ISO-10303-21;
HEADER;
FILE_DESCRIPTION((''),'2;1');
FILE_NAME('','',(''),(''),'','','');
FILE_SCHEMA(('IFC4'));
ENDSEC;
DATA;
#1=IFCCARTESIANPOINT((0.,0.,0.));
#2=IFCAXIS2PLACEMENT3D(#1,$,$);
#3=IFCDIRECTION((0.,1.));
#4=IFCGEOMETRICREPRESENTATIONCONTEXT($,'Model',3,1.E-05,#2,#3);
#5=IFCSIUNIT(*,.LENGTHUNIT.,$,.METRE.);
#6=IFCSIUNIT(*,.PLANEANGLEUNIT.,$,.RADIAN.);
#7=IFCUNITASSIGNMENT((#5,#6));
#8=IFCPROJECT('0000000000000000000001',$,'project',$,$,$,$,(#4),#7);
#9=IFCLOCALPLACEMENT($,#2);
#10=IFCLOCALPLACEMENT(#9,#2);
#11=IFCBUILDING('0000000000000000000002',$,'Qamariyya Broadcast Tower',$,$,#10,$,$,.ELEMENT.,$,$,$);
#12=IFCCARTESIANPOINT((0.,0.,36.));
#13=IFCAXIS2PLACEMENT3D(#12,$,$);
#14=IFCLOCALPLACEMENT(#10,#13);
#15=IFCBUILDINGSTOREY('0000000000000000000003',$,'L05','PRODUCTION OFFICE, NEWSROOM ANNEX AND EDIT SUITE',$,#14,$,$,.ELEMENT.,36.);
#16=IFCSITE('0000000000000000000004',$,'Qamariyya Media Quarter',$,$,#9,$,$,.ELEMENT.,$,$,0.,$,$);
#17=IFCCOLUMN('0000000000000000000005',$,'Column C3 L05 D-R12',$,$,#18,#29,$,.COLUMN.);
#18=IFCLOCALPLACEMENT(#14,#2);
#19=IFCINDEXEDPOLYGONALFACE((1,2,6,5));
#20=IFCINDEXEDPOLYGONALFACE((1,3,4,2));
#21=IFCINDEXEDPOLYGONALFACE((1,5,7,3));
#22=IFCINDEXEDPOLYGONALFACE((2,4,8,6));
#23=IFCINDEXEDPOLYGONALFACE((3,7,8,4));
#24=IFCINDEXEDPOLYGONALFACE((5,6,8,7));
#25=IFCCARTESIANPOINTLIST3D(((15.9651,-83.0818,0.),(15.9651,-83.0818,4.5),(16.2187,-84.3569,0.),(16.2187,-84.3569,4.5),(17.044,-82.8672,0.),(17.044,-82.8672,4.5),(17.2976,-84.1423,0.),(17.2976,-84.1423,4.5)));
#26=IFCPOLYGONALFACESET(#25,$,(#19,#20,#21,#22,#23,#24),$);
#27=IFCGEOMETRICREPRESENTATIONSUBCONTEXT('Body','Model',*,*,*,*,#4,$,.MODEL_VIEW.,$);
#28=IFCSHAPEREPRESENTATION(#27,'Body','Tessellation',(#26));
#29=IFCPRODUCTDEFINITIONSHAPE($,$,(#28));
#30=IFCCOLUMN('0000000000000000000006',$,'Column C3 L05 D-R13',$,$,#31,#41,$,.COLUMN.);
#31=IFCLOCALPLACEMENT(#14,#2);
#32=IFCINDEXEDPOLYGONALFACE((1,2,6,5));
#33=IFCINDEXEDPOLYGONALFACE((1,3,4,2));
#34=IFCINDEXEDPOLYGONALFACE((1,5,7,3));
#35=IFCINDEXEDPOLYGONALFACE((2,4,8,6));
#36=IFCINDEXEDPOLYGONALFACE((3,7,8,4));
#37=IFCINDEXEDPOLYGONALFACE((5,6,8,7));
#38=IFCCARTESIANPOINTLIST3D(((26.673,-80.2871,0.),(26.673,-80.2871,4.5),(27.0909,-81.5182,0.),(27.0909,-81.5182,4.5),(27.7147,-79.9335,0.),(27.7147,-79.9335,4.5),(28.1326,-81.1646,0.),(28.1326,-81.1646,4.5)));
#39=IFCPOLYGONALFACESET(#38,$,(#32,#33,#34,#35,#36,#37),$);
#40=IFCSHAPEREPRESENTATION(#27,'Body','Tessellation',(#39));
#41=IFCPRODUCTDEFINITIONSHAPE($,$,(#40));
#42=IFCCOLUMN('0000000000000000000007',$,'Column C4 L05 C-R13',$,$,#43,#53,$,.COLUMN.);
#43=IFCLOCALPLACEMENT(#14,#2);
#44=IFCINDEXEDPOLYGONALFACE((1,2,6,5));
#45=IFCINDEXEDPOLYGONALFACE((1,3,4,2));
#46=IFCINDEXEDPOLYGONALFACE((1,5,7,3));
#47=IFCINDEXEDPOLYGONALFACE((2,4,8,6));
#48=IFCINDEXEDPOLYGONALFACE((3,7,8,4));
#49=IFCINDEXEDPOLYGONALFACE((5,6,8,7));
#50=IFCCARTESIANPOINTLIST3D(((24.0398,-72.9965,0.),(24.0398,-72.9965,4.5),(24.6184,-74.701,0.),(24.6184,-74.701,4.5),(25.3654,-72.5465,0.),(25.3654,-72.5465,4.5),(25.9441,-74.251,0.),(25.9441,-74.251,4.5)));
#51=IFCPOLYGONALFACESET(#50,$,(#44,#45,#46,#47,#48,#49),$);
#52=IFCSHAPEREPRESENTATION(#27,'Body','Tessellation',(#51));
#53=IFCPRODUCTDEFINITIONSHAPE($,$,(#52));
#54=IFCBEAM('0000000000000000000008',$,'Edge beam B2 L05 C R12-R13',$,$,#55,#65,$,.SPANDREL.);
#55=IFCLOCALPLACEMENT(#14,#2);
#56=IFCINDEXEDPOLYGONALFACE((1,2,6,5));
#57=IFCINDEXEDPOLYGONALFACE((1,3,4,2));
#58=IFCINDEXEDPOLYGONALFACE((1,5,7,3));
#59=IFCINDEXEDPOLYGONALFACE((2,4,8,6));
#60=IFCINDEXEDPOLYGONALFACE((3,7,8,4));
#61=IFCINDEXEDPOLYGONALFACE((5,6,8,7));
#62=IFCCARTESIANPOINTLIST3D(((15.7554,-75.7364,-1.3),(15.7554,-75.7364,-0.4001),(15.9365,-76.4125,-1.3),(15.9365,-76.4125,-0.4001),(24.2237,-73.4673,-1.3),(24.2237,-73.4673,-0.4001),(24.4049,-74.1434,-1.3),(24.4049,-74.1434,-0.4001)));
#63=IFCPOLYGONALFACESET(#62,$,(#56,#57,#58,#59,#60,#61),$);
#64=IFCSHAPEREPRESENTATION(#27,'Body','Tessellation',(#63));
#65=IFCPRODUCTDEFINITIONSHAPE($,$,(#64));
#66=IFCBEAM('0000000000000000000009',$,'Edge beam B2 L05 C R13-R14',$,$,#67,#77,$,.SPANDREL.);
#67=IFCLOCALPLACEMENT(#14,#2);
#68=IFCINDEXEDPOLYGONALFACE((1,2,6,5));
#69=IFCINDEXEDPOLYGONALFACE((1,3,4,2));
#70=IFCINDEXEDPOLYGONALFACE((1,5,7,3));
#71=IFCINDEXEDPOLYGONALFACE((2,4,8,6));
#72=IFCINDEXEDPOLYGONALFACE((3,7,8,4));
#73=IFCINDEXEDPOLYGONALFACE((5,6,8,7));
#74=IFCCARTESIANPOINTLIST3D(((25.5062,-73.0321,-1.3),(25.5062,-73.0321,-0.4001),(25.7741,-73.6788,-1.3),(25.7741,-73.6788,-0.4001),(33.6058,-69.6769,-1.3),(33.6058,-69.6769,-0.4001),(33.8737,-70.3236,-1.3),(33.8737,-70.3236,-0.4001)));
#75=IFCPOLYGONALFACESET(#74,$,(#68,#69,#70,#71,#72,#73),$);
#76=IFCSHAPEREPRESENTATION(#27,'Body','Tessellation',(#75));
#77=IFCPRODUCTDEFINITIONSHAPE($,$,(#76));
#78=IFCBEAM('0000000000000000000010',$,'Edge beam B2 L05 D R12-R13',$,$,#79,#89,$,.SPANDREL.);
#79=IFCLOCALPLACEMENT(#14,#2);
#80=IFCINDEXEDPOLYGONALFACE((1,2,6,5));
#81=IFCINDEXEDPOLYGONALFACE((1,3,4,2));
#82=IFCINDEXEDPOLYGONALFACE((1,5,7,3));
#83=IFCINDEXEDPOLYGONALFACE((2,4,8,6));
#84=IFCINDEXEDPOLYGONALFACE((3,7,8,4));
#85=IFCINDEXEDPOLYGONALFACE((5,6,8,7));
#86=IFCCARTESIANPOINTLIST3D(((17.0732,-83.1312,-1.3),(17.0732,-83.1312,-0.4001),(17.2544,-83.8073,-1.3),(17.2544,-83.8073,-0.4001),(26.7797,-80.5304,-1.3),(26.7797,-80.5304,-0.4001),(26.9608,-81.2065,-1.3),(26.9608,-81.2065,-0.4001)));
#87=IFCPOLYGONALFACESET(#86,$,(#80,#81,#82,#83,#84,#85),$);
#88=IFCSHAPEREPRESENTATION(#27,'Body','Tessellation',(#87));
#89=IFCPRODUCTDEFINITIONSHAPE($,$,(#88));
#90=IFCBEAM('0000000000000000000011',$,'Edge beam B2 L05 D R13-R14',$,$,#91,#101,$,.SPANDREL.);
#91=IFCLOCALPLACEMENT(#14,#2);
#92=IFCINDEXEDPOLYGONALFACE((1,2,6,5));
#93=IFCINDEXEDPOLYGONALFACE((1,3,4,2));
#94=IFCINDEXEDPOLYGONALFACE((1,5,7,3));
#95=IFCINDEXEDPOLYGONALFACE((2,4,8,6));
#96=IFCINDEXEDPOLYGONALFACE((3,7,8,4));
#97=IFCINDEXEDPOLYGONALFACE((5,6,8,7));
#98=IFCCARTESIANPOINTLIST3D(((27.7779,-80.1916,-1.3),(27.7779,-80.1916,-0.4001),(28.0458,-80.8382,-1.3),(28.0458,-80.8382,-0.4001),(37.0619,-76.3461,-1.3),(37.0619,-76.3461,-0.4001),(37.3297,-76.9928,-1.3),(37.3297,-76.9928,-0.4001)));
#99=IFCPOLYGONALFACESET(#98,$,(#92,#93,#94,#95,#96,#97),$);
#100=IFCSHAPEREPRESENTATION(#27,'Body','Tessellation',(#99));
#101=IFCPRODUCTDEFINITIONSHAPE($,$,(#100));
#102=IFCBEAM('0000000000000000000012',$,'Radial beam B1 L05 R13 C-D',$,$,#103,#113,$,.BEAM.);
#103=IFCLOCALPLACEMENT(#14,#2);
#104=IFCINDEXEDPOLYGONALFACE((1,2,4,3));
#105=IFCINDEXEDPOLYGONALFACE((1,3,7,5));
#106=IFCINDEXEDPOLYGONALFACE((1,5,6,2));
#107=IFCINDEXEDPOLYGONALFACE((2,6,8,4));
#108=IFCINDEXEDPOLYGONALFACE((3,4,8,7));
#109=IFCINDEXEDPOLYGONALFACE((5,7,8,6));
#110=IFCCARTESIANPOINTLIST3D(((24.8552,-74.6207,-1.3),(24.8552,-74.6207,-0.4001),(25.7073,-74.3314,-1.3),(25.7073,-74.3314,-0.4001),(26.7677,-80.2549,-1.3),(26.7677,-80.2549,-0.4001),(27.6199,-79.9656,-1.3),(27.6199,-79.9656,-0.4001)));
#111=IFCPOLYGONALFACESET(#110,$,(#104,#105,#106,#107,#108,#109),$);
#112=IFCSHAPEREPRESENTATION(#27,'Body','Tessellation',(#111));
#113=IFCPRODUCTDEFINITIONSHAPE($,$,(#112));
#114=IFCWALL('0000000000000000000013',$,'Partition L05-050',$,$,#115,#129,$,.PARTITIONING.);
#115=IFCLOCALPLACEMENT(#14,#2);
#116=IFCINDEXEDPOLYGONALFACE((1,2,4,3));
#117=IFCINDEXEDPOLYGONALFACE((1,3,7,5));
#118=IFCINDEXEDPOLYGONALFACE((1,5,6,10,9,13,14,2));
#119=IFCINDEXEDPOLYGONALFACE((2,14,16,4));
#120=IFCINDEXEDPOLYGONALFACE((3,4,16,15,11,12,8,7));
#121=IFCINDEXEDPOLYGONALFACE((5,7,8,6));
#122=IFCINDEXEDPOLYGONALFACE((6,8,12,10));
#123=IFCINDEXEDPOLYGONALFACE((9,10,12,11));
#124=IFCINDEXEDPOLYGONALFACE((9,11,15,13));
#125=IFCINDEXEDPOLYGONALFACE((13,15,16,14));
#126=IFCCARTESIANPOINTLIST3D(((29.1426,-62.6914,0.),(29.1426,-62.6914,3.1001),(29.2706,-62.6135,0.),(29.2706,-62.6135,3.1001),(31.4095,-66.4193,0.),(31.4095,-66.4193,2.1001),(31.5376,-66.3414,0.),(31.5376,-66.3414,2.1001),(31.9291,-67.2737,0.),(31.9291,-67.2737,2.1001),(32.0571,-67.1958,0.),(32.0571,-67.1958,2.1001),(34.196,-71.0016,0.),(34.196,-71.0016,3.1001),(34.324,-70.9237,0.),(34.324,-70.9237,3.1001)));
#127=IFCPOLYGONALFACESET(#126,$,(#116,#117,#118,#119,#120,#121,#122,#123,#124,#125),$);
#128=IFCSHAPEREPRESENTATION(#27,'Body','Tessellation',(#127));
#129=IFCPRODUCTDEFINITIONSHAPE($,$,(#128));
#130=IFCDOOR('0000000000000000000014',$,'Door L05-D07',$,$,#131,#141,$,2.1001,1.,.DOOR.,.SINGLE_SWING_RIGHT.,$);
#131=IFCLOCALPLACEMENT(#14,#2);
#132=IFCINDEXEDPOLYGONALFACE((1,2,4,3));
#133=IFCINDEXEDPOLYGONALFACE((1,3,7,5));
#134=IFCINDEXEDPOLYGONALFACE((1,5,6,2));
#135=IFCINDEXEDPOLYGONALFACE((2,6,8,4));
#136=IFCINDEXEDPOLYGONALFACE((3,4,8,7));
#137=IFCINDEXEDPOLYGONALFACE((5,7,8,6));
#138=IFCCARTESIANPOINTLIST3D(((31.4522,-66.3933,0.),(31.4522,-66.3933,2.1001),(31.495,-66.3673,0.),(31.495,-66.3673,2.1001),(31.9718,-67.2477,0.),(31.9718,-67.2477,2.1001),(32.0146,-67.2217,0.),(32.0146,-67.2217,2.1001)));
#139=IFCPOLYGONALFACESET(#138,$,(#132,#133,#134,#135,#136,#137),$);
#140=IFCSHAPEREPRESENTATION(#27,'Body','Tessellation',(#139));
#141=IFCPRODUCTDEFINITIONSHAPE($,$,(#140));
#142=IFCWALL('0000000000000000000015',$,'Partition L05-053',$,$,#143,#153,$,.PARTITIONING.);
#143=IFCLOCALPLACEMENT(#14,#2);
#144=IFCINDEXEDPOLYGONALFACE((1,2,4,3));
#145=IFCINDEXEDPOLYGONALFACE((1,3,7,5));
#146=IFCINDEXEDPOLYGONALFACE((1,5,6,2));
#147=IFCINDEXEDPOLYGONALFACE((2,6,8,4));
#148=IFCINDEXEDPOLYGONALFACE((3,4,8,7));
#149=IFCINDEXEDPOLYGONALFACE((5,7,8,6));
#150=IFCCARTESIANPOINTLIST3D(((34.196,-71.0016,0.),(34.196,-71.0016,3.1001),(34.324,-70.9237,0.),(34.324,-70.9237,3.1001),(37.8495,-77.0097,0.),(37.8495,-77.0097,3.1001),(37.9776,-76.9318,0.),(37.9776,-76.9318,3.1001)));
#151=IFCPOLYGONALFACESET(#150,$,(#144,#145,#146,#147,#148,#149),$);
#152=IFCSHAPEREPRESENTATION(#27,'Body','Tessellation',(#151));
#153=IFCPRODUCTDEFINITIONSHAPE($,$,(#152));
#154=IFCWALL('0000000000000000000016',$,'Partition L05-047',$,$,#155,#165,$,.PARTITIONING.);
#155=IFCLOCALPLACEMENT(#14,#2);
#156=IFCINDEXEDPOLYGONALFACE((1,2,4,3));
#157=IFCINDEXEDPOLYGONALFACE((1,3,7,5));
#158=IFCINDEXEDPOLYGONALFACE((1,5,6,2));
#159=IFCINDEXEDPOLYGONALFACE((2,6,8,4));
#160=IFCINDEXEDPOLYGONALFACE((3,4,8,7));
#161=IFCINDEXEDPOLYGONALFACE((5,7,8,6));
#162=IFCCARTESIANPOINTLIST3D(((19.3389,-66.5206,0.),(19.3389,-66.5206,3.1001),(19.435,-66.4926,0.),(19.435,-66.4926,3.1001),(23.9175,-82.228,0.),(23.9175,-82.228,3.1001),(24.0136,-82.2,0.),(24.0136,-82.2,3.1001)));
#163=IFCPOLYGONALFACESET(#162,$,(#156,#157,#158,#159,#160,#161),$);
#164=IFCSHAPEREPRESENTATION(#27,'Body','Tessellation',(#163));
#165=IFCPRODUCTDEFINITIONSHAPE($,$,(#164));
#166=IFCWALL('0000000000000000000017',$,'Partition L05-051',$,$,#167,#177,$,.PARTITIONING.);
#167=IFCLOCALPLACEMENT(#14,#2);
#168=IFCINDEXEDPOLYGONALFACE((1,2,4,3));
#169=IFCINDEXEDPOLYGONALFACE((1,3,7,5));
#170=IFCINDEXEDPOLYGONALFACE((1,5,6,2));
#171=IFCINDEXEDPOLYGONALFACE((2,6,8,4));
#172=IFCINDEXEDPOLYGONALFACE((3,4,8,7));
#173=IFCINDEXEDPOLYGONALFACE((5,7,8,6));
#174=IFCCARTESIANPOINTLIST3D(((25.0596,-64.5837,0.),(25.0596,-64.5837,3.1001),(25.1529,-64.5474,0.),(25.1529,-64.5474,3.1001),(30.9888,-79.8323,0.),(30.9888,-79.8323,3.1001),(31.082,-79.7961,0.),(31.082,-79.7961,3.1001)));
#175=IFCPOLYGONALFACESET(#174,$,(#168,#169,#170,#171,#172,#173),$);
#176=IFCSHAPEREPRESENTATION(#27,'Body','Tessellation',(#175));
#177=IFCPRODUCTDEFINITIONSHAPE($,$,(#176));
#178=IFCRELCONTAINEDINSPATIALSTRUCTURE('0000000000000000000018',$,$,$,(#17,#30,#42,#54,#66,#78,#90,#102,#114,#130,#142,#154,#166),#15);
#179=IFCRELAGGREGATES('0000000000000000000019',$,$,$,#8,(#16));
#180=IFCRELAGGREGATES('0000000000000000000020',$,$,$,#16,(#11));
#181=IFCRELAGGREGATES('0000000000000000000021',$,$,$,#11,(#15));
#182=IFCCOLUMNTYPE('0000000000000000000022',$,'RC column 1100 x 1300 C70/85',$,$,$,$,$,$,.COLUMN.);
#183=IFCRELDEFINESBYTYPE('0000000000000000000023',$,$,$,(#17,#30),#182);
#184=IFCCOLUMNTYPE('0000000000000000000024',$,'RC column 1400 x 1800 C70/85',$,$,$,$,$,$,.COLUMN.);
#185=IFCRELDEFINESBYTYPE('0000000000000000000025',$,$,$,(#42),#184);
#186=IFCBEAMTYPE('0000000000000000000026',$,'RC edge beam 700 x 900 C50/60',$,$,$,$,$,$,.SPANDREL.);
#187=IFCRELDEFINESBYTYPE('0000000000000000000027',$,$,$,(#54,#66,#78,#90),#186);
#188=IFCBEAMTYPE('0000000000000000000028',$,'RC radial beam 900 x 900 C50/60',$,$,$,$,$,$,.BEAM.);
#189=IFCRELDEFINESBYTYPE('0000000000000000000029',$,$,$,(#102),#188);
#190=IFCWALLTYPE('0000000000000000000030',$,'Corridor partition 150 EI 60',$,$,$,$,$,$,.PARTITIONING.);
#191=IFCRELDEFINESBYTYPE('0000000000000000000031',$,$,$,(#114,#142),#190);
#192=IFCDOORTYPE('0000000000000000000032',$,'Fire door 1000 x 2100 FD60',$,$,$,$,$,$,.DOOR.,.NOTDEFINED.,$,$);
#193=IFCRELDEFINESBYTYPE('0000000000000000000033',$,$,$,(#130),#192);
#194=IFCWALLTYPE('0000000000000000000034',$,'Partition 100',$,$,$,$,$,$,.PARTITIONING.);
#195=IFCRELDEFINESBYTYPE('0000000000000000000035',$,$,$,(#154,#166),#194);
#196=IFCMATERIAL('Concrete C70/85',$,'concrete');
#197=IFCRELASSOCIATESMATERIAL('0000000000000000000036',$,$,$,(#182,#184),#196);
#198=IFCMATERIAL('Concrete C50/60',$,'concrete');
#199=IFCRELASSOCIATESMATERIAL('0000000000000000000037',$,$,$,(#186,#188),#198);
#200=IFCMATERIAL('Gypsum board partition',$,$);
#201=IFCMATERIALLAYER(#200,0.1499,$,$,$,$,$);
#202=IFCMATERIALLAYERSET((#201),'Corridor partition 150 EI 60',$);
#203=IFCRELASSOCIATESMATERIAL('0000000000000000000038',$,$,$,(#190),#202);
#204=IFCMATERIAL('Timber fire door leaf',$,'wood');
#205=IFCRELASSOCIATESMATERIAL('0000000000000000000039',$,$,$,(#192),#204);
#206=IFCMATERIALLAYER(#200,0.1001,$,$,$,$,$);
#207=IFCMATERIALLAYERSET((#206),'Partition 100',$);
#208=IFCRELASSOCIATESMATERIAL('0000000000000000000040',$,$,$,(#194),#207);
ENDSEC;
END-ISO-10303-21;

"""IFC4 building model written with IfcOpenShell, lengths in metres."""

from ifc_helpers import new_model, si_unit, direction, frame, frame_2d, origin, origin_2d, place, context, subcontext, project, spatial, rectangle, extrude, material, layer, layer_set, material_profile, profile_set, type_object, element, fill, save


model = new_model("IFC4")

# Units and contexts
model_context = context("Model", 3, precision=1e-05, world=origin(), true_north=direction((0.0, 1.0)))
body_context = subcontext(model_context, "Body", "Model", "MODEL_VIEW")
ifc_project = project(units=[si_unit("LENGTHUNIT", "METRE"), si_unit("PLANEANGLEUNIT", "RADIAN")], contexts=[model_context])

# Site, building, storey
site_placement = place(None, origin())
site = spatial("IfcSite", under=ifc_project, at=site_placement, Name="Qamariyya Media Quarter", CompositionType="ELEMENT", RefElevation=0.0)
building_placement = place(site_placement, origin())
building = spatial("IfcBuilding", under=site, at=building_placement, Name="Qamariyya Broadcast Tower", CompositionType="ELEMENT")
storey_placement = place(building_placement, frame((0.0, 0.0, 36.0)))
storey = spatial("IfcBuildingStorey", under=building, at=storey_placement, Name="L05", Description="PRODUCTION OFFICE, NEWSROOM ANNEX AND EDIT SUITE", CompositionType="ELEMENT", Elevation=36.0)

# Columns
ifc_material_1 = material(Name="Concrete C70/85", Category="concrete")
ifc_material_profile_1 = material_profile(ifc_material_1, rectangle(XDim=1.1001, YDim=1.3, at=origin_2d()))
ifc_profile_set_1 = profile_set([ifc_material_profile_1], Name="Concrete C70/85")
column_type_1 = type_object("IfcColumnType", Name="RC column 1100 x 1300 C70/85", PredefinedType="COLUMN", material=ifc_profile_set_1)
for number, where, z_axis, x_axis, name in (
    (1, (16.6313, -83.6121, 0.0), (0.0, 0.0, 1.0), (0.980785, 0.19509, 0.0), "Column C3 L05 D-R12"),
    (2, (27.4028, -80.7258, 0.0), (0.0, 0.0, 1.0), (0.94693, 0.321439, 0.0), "Column C3 L05 D-R13"),
):
    element("IfcColumn", number, at=place(storey_placement, frame(where, z_axis=z_axis, x_axis=x_axis)), inside=storey, type_object=column_type_1, Name=name, PredefinedType="COLUMN", context=body_context, shape_type="SweptSolid", body=[
        extrude(rectangle(XDim=1.1001, YDim=1.3, at=origin_2d()), origin(), (0.0, 0.0, 1.0), 4.5),
    ])
ifc_material_profile_2 = material_profile(ifc_material_1, rectangle(XDim=1.3999, YDim=1.8, at=origin_2d()))
ifc_profile_set_2 = profile_set([ifc_material_profile_2], Name="Concrete C70/85")
column_type_2 = type_object("IfcColumnType", Name="RC column 1400 x 1800 C70/85", PredefinedType="COLUMN", material=ifc_profile_set_2)
column_placement = place(storey_placement, frame((24.9919, -73.6238, 0.0), z_axis=(0.0, 0.0, 1.0), x_axis=(0.94693, 0.321439, 0.0)))
element("IfcColumn", 3, at=column_placement, inside=storey, type_object=column_type_2, Name="Column C4 L05 C-R13", PredefinedType="COLUMN", context=body_context, shape_type="SweptSolid", body=[
    extrude(rectangle(XDim=1.3999, YDim=1.8, at=origin_2d()), origin(), (0.0, 0.0, 1.0), 4.5),
])

# Beams
ifc_material_2 = material(Name="Concrete C50/60", Category="concrete")
ifc_material_profile_3 = material_profile(ifc_material_2, rectangle(XDim=0.7, YDim=0.8999, at=origin_2d()))
ifc_profile_set_3 = profile_set([ifc_material_profile_3], Name="Concrete C50/60")
beam_type_1 = type_object("IfcBeamType", Name="RC edge beam 700 x 900 C50/60", PredefinedType="SPANDREL", material=ifc_profile_set_3)
for number, where, z_axis, x_axis, name in (
    (4, (15.8459, -76.0745, -0.8501), (0.965926, 0.258817, 0.0), (-0.258817, 0.965926, 0.0), "Edge beam B2 L05 C R12-R13"),
    (5, (25.6401, -73.3555, -0.8501), (0.923869, 0.382708, 0.0), (-0.382708, 0.923869, 0.0), "Edge beam B2 L05 C R13-R14"),
):
    element("IfcBeam", number, at=place(storey_placement, frame(where, z_axis=z_axis, x_axis=x_axis)), inside=storey, type_object=beam_type_1, Name=name, PredefinedType="SPANDREL", context=body_context, shape_type="SweptSolid", body=[
        extrude(rectangle(XDim=0.7, YDim=0.8999, at=origin_2d()), origin(), (0.0, 0.0, 1.0), 8.7671),
    ])
for number, where, z_axis, x_axis, name in (
    (6, (17.1638, -83.4692, -0.8501), (0.965927, 0.258816, 0.0), (-0.258816, 0.965927, 0.0), "Edge beam B2 L05 D R12-R13"),
    (7, (27.9119, -80.5149, -0.8501), (0.923882, 0.382677, 0.0), (-0.382677, 0.923882, 0.0), "Edge beam B2 L05 D R13-R14"),
):
    element("IfcBeam", number, at=place(storey_placement, frame(where, z_axis=z_axis, x_axis=x_axis)), inside=storey, type_object=beam_type_1, Name=name, PredefinedType="SPANDREL", context=body_context, shape_type="SweptSolid", body=[
        extrude(rectangle(XDim=0.7, YDim=0.8999, at=origin_2d()), origin(), (0.0, 0.0, 1.0), 10.0488),
    ])
ifc_material_profile_4 = material_profile(ifc_material_2, rectangle(XDim=0.8999, YDim=0.8999, at=origin_2d()))
ifc_profile_set_4 = profile_set([ifc_material_profile_4], Name="Concrete C50/60")
beam_type_2 = type_object("IfcBeamType", Name="RC radial beam 900 x 900 C50/60", PredefinedType="BEAM", material=ifc_profile_set_4)
beam_placement = place(storey_placement, frame((25.2812, -74.4761, -0.8501), z_axis=(0.321442, -0.946929, 0.0), x_axis=(0.946929, 0.321442, 0.0)))
element("IfcBeam", 8, at=beam_placement, inside=storey, type_object=beam_type_2, Name="Radial beam B1 L05 R13 C-D", PredefinedType="BEAM", context=body_context, shape_type="SweptSolid", body=[
    extrude(rectangle(XDim=0.8999, YDim=0.8999, at=origin_2d()), origin(), (0.0, 0.0, 1.0), 5.95),
])

# Wall, opening, door
ifc_material_3 = material(Name="Gypsum board partition")
ifc_layer_1 = layer(ifc_material_3, 0.1499)
ifc_layer_set_1 = layer_set([ifc_layer_1], Name="Corridor partition 150 EI 60")
wall_type_1 = type_object("IfcWallType", Name="Corridor partition 150 EI 60", PredefinedType="PARTITIONING", material=ifc_layer_set_1)
wall_1_placement = place(storey_placement, frame((34.26, -70.9626, 0.0), z_axis=(0.0, 0.0, 1.0), x_axis=(-0.519573, 0.854426, 0.0)))
wall_1 = element("IfcWall", 9, at=wall_1_placement, inside=storey, type_object=wall_type_1, Name="Partition L05-050", PredefinedType="PARTITIONING", context=body_context, shape_type="SweptSolid", body=[
    extrude(rectangle(XDim=9.7261, YDim=0.1499, at=frame_2d((4.863, 0.0))), origin(), (0.0, 0.0, 1.0), 3.1001),
])
opening_1_placement = place(wall_1_placement, frame((4.363, 0.0, 0.0)))
opening_1 = element("IfcOpeningElement", 10, at=opening_1_placement, cuts=wall_1, PredefinedType="OPENING", context=body_context, shape_type="SweptSolid", body=[
    extrude(rectangle(XDim=1.0, YDim=2.1001, at=frame_2d((0.5, 1.05))), frame((0.0, 0.085, 0.0), z_axis=(0.0, -1.0, 0.0), x_axis=(1.0, 0.0, 0.0)), (0.0, 0.0, 1.0), 0.1699),
])
ifc_material_4 = material(Name="Timber fire door leaf", Category="wood")
door_type = type_object("IfcDoorType", Name="Fire door 1000 x 2100 FD60", OperationType="NOTDEFINED", PredefinedType="DOOR", material=ifc_material_4)
door_placement = place(opening_1_placement, origin())
door = element("IfcDoor", 11, at=door_placement, inside=storey, type_object=door_type, Name="Door L05-D07", OperationType="SINGLE_SWING_RIGHT", OverallHeight=2.1001, OverallWidth=1.0, PredefinedType="DOOR", context=body_context, shape_type="SweptSolid", body=[
    extrude(rectangle(XDim=1.0, YDim=2.1001, at=frame_2d((0.5, 1.05))), frame((0.0, 0.0249, 0.0), z_axis=(0.0, -1.0, 0.0), x_axis=(1.0, 0.0, 0.0)), (0.0, 0.0, 1.0), 0.05),
])
fill(opening_1, door)

# Walls
wall_2_placement = place(storey_placement, frame((34.26, -70.9626, 0.0), z_axis=(0.0, 0.0, 1.0), x_axis=(0.519582, -0.85442, 0.0)))
element("IfcWall", 12, at=wall_2_placement, inside=storey, type_object=wall_type_1, Name="Partition L05-053", PredefinedType="PARTITIONING", context=body_context, shape_type="SweptSolid", body=[
    extrude(rectangle(XDim=7.0317, YDim=0.1499, at=frame_2d((3.5159, 0.0))), origin(), (0.0, 0.0, 1.0), 3.1001),
])
ifc_layer_2 = layer(ifc_material_3, 0.1001)
ifc_layer_set_2 = layer_set([ifc_layer_2], Name="Partition 100")
wall_type_2 = type_object("IfcWallType", Name="Partition 100", PredefinedType="PARTITIONING", material=ifc_layer_set_2)
wall_3_placement = place(storey_placement, frame((23.9656, -82.2141, 0.0), z_axis=(0.0, 0.0, 1.0), x_axis=(-0.279849, 0.960044, 0.0)))
element("IfcWall", 13, at=wall_3_placement, inside=storey, type_object=wall_type_2, Name="Partition L05-047", PredefinedType="PARTITIONING", context=body_context, shape_type="SweptSolid", body=[
    extrude(rectangle(XDim=16.3611, YDim=0.1001, at=frame_2d((8.1807, 0.0))), origin(), (0.0, 0.0, 1.0), 3.1001),
])
wall_4_placement = place(storey_placement, frame((31.0354, -79.8142, 0.0), z_axis=(0.0, 0.0, 1.0), x_axis=(-0.362399, 0.932023, 0.0)))
element("IfcWall", 14, at=wall_4_placement, inside=storey, type_object=wall_type_2, Name="Partition L05-051", PredefinedType="PARTITIONING", context=body_context, shape_type="SweptSolid", body=[
    extrude(rectangle(XDim=16.3608, YDim=0.1001, at=frame_2d((8.1804, 0.0))), origin(), (0.0, 0.0, 1.0), 3.1001),
])

save(model, "model.ifc")
